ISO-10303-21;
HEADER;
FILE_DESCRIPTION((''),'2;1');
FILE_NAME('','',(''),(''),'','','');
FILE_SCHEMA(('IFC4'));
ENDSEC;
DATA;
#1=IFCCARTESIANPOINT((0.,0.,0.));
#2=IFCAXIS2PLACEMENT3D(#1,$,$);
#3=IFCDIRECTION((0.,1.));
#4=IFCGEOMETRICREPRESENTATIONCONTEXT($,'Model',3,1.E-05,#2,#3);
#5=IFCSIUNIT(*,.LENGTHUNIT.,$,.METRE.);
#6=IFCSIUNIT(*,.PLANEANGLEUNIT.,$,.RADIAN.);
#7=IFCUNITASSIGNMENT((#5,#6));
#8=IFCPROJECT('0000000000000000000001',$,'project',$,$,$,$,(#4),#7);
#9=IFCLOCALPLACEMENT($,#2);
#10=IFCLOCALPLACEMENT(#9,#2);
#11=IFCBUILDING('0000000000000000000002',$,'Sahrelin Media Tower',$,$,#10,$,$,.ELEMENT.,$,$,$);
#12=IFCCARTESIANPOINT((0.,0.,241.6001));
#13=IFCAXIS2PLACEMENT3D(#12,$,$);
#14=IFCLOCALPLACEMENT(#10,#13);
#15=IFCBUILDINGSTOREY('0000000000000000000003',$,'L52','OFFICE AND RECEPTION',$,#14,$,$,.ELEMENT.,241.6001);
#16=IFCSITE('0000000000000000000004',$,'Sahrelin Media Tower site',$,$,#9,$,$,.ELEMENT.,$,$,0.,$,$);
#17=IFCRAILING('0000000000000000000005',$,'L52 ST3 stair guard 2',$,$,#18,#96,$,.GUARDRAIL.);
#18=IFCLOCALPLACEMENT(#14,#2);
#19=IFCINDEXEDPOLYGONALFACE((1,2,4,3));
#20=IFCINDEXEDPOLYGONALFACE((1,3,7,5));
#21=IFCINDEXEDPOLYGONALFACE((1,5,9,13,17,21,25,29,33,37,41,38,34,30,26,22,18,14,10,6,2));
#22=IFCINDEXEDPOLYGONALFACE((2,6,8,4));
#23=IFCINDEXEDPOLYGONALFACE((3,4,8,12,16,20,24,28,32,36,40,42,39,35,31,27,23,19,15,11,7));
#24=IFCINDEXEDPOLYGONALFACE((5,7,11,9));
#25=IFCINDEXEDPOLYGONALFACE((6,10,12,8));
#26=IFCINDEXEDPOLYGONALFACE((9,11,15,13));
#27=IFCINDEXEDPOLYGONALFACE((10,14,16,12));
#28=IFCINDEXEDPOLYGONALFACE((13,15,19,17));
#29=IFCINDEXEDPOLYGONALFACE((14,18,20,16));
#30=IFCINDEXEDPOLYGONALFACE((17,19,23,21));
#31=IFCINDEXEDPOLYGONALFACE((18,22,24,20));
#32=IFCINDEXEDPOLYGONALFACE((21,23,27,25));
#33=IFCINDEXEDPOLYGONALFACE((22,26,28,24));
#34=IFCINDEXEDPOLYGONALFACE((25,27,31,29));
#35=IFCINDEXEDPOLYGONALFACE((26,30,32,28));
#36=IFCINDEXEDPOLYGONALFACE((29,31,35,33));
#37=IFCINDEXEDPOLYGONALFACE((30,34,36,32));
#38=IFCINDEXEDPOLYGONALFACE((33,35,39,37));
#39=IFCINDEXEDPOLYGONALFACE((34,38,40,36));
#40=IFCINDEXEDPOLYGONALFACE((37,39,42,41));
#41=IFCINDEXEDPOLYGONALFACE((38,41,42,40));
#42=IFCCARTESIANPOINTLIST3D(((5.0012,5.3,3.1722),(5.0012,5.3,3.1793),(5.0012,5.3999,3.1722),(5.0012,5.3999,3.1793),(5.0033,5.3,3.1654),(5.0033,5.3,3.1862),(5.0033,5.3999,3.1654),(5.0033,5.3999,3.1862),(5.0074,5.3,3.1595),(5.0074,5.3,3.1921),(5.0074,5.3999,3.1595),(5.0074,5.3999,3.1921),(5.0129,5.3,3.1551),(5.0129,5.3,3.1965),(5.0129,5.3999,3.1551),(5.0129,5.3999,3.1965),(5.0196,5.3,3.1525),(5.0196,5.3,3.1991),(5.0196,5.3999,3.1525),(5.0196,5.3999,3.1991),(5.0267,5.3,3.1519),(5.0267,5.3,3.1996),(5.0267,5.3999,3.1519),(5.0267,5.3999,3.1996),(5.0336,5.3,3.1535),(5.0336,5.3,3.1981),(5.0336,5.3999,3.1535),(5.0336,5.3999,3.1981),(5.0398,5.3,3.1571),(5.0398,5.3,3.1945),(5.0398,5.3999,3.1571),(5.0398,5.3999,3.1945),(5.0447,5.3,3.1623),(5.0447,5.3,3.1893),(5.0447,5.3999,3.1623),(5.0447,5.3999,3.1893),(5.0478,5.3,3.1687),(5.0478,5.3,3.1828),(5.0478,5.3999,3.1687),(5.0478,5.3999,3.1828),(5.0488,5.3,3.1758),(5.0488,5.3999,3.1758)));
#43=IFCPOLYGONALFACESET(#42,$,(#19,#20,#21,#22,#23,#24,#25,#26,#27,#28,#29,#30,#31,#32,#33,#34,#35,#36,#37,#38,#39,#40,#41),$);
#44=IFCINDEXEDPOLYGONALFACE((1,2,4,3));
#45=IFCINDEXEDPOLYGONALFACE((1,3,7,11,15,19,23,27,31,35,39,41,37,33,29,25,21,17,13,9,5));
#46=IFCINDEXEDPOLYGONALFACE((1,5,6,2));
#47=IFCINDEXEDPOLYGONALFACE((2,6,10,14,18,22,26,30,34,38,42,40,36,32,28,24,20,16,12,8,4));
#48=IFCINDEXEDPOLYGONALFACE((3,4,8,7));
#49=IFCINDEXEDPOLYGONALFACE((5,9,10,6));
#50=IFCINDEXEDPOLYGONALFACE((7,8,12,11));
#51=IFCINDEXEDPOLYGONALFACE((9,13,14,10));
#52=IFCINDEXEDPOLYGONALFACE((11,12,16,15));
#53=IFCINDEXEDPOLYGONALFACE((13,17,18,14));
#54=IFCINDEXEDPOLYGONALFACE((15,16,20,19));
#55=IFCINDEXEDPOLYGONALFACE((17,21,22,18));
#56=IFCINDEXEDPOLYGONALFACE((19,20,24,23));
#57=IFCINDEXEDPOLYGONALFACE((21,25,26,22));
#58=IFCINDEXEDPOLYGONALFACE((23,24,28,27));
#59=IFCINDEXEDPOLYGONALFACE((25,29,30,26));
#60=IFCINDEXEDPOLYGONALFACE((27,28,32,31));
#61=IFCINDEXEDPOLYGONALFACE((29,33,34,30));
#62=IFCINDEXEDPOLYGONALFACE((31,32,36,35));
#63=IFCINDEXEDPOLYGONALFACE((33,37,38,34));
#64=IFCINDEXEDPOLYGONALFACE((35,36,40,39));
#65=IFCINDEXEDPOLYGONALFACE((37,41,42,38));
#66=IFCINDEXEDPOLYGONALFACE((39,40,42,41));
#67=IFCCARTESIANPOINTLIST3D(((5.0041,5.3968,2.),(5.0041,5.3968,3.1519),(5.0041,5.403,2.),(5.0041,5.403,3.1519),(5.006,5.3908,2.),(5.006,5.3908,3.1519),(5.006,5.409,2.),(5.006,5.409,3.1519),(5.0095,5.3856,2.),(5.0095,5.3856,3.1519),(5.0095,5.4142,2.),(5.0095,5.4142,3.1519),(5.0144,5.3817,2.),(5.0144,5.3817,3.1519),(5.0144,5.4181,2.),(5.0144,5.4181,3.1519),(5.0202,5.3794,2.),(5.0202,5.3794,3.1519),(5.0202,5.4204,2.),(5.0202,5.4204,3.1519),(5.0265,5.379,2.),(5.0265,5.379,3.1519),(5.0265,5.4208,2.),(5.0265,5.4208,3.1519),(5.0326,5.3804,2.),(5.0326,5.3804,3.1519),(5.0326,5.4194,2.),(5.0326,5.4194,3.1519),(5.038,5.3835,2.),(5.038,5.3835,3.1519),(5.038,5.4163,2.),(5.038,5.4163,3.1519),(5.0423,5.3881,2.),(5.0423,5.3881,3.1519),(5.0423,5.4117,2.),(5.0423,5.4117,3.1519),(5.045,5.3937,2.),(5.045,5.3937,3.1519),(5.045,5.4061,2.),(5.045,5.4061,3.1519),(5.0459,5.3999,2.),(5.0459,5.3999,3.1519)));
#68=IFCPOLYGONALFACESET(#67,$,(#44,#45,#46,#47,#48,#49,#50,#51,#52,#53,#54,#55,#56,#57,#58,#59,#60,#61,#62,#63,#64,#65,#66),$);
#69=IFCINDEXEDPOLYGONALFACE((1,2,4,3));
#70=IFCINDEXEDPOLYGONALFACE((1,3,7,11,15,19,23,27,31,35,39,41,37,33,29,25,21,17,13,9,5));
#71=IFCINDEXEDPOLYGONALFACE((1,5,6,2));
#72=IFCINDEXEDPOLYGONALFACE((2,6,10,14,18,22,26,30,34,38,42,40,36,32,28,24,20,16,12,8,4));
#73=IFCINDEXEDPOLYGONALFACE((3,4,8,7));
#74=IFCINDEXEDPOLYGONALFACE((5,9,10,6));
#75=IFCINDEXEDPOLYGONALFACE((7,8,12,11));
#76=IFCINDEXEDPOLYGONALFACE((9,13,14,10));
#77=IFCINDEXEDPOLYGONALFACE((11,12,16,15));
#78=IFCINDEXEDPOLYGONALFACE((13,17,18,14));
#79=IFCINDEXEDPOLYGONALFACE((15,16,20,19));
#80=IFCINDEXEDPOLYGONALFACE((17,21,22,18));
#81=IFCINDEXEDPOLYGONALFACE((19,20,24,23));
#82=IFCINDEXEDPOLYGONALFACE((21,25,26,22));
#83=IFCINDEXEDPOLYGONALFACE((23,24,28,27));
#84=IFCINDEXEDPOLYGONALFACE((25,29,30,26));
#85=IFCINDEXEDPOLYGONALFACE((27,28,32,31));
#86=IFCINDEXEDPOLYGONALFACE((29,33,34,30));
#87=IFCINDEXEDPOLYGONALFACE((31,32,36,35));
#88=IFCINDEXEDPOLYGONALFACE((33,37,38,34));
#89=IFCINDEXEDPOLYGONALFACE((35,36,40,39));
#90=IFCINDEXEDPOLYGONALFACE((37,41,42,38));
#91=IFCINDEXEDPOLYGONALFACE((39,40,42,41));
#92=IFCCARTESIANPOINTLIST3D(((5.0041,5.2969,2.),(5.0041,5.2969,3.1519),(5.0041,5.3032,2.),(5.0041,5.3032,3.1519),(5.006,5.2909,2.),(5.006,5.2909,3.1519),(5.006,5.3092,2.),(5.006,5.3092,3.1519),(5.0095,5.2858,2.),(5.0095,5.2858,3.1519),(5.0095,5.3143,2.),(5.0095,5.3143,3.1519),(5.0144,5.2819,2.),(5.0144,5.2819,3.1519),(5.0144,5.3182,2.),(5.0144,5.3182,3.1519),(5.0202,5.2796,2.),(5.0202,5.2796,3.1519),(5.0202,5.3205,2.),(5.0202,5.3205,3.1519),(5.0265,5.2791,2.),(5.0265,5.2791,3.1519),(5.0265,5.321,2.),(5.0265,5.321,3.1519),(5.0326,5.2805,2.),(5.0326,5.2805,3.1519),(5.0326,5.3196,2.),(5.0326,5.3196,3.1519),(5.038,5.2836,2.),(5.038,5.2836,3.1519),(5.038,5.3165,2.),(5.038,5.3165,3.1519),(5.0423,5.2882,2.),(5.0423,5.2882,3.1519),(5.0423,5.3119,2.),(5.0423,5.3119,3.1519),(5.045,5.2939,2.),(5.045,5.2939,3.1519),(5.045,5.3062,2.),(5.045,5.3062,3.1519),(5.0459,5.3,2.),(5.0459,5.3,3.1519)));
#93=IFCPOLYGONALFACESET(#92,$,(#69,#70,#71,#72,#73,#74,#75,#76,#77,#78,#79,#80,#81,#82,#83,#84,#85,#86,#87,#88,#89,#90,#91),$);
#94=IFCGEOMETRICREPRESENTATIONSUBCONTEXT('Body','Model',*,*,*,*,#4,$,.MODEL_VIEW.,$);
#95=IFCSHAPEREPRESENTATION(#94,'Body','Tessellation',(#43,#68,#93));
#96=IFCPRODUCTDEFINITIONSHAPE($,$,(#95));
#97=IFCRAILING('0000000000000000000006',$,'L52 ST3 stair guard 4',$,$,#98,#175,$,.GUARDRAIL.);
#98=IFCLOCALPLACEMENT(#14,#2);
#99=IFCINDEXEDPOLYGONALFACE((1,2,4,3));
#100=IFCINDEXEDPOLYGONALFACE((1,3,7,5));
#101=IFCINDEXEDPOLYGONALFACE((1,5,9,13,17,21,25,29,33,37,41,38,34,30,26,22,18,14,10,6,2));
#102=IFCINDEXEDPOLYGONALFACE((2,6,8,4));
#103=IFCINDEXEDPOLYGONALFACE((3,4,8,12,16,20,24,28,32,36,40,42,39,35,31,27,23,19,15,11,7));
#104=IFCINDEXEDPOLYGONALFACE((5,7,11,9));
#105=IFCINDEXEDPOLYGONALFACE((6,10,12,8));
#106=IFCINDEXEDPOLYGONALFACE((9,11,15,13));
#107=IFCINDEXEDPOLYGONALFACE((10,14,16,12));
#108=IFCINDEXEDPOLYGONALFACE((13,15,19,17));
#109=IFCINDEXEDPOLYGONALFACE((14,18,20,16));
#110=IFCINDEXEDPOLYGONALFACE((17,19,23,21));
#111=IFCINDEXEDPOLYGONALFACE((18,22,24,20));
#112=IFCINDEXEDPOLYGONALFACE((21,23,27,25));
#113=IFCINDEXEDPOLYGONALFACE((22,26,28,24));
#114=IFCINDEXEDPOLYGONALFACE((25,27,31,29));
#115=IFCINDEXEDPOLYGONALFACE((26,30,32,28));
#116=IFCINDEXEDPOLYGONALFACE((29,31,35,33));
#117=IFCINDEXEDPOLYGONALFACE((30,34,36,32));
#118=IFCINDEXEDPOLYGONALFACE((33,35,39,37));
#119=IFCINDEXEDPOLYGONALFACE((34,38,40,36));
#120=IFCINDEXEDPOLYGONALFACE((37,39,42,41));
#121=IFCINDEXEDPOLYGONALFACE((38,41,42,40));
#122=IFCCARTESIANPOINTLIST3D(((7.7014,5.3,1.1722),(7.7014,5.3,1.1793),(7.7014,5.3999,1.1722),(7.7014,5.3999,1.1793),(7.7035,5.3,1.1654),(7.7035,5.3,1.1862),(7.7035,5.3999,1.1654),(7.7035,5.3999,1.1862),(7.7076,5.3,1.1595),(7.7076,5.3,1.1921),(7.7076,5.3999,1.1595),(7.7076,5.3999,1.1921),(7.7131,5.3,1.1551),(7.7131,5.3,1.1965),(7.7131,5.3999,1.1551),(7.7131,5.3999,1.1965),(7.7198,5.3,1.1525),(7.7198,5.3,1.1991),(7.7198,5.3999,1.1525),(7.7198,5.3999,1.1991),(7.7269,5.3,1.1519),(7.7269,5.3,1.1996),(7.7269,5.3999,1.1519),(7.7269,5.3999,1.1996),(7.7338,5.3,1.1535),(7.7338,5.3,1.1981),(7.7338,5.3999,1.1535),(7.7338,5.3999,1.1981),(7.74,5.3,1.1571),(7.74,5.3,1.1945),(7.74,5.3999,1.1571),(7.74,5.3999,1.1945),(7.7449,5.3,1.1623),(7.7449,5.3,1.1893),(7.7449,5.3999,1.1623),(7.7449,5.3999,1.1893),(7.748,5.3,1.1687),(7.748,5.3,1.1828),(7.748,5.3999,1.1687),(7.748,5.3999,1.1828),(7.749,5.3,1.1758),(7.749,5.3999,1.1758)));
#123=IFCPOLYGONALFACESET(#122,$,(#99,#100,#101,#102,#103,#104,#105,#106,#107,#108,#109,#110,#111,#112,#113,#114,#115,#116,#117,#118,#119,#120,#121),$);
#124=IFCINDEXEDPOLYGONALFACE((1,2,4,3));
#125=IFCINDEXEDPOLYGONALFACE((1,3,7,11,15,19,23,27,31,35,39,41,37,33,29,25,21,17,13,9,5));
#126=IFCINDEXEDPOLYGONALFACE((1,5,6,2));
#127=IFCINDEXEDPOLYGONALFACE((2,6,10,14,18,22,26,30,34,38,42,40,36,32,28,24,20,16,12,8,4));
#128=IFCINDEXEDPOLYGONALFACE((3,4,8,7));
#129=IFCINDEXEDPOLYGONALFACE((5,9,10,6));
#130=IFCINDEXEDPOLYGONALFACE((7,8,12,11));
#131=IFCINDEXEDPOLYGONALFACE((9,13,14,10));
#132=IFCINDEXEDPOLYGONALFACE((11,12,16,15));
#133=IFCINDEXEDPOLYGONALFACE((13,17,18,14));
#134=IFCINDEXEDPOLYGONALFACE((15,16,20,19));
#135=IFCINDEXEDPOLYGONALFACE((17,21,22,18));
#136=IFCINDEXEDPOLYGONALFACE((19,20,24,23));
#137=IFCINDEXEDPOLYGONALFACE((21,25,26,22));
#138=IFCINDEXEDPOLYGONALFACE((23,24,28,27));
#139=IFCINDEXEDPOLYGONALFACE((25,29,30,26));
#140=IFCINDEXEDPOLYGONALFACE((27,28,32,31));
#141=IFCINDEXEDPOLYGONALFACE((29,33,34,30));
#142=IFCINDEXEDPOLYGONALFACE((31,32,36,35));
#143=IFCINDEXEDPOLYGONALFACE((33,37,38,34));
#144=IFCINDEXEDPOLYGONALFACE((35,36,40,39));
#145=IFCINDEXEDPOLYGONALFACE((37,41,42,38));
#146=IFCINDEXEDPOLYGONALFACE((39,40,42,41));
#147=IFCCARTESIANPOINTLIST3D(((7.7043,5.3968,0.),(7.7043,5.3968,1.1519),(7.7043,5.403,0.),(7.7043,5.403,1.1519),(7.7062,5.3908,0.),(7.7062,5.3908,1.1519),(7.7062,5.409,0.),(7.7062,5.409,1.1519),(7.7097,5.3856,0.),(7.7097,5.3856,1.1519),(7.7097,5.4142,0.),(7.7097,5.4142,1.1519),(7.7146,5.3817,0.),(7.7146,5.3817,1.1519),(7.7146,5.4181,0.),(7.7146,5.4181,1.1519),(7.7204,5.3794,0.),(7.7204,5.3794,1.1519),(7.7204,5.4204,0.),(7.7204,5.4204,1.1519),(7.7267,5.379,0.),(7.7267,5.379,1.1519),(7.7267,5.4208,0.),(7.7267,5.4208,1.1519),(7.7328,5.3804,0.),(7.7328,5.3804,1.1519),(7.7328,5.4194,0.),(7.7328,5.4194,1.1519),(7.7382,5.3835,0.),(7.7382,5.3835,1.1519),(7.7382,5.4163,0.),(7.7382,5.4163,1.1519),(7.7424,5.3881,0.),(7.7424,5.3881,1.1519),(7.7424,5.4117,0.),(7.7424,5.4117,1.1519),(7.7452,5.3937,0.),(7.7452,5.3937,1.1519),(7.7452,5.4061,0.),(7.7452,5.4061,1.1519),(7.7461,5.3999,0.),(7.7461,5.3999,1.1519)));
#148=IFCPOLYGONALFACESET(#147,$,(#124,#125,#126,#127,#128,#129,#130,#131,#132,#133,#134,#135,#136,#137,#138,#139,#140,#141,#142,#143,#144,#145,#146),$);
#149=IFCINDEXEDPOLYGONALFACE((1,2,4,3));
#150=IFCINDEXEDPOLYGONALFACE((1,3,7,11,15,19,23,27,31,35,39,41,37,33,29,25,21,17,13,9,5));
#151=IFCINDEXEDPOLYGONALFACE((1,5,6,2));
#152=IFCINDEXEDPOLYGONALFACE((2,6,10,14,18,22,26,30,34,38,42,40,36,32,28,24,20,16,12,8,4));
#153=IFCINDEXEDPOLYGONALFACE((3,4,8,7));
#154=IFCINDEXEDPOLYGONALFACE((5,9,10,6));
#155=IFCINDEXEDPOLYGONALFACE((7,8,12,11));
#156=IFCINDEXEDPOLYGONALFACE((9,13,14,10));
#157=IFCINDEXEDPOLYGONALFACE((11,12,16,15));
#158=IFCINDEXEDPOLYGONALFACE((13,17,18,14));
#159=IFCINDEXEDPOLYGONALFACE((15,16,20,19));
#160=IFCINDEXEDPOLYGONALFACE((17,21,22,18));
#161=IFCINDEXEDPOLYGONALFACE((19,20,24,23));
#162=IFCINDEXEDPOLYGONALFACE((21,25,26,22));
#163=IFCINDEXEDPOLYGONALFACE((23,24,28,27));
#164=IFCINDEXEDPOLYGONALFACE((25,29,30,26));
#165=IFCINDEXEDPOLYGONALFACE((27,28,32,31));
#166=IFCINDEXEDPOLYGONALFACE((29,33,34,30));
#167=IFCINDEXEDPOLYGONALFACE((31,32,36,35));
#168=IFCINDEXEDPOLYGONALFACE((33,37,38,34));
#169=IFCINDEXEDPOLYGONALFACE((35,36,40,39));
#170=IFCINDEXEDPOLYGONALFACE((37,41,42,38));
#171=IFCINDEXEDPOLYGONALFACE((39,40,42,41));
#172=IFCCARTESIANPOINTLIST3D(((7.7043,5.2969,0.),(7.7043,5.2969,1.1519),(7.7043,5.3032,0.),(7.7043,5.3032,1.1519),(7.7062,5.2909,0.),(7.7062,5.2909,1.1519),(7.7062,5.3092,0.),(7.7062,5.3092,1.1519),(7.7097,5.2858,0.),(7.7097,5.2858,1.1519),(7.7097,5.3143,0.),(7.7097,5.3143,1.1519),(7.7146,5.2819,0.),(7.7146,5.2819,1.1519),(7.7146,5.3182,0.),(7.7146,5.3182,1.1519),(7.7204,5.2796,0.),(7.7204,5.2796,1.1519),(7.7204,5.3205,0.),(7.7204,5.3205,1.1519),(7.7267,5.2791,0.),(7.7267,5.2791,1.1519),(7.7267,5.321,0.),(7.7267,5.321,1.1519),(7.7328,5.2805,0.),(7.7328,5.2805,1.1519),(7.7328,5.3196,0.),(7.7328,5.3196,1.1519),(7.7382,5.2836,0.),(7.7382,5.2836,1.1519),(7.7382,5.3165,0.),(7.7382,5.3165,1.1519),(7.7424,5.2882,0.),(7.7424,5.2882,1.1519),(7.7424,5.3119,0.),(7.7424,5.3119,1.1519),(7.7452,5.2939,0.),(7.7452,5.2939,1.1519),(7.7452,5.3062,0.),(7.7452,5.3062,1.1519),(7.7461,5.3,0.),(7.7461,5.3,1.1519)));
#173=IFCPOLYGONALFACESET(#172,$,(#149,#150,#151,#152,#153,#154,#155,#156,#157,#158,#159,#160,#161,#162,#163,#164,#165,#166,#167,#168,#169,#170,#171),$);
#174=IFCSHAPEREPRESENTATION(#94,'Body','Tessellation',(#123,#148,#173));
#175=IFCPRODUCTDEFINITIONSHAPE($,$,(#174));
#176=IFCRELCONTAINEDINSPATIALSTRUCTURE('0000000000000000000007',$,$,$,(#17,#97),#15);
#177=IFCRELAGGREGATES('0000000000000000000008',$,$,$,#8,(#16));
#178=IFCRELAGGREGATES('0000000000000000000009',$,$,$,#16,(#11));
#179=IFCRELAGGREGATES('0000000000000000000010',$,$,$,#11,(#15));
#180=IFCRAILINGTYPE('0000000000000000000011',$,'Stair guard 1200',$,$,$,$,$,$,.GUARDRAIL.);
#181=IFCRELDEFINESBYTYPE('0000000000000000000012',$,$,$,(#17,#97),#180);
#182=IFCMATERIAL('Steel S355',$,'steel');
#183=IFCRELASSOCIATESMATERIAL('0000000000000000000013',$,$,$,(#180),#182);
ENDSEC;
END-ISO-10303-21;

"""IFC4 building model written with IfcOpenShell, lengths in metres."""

from ifc_helpers import new_model, si_unit, direction, frame, origin, origin_2d, place, context, subcontext, project, spatial, circle, extrude, material, type_object, element, save


model = new_model("IFC4")

# Units and contexts
model_context = context("Model", 3, precision=1e-05, world=origin(), true_north=direction((0.0, 1.0)))
body_context = subcontext(model_context, "Body", "Model", "MODEL_VIEW")
ifc_project = project(units=[si_unit("LENGTHUNIT", "METRE"), si_unit("PLANEANGLEUNIT", "RADIAN")], contexts=[model_context])

# Site, building, storey
site_placement = place(None, origin())
site = spatial("IfcSite", under=ifc_project, at=site_placement, Name="Sahrelin Media Tower site", CompositionType="ELEMENT", RefElevation=0.0)
building_placement = place(site_placement, origin())
building = spatial("IfcBuilding", under=site, at=building_placement, Name="Sahrelin Media Tower", CompositionType="ELEMENT")
storey_placement = place(building_placement, frame((0.0, 0.0, 241.6001)))
storey = spatial("IfcBuildingStorey", under=building, at=storey_placement, Name="L52", Description="OFFICE AND RECEPTION", CompositionType="ELEMENT", Elevation=241.6001)

# Shared definitions
ifc_material_1 = material(Name="Steel S355", Category="steel")

# Railings
railing_type_1 = type_object("IfcRailingType", Name="Stair guard 1200", PredefinedType="GUARDRAIL", material=ifc_material_1)
for number, where, name in (
    (1, (5.0249, 5.3999, 2.0), "L52 ST3 stair guard 2"),
    (2, (7.7251, 5.3999, 0.0), "L52 ST3 stair guard 4"),
):
    element("IfcRailing", number, at=place(storey_placement, frame(where)), inside=storey, type_object=railing_type_1, Name=name, PredefinedType="GUARDRAIL", context=body_context, shape_type="SweptSolid", body=[
        extrude(circle(Radius=0.0239, at=origin_2d()), frame((0.0, 0.0, 1.1758), z_axis=(0.0, -1.0, 0.0), x_axis=(1.0, 0.0, 0.0)), (0.0, 0.0, 1.0), 0.0999),
        extrude(circle(Radius=0.021, at=origin_2d()), origin(), (0.0, 0.0, 1.0), 1.1519),
        extrude(circle(Radius=0.021, at=origin_2d()), frame((0.0, -0.0999, 0.0)), (0.0, 0.0, 1.0), 1.1519),
    ])

save(model, "model.ifc")
